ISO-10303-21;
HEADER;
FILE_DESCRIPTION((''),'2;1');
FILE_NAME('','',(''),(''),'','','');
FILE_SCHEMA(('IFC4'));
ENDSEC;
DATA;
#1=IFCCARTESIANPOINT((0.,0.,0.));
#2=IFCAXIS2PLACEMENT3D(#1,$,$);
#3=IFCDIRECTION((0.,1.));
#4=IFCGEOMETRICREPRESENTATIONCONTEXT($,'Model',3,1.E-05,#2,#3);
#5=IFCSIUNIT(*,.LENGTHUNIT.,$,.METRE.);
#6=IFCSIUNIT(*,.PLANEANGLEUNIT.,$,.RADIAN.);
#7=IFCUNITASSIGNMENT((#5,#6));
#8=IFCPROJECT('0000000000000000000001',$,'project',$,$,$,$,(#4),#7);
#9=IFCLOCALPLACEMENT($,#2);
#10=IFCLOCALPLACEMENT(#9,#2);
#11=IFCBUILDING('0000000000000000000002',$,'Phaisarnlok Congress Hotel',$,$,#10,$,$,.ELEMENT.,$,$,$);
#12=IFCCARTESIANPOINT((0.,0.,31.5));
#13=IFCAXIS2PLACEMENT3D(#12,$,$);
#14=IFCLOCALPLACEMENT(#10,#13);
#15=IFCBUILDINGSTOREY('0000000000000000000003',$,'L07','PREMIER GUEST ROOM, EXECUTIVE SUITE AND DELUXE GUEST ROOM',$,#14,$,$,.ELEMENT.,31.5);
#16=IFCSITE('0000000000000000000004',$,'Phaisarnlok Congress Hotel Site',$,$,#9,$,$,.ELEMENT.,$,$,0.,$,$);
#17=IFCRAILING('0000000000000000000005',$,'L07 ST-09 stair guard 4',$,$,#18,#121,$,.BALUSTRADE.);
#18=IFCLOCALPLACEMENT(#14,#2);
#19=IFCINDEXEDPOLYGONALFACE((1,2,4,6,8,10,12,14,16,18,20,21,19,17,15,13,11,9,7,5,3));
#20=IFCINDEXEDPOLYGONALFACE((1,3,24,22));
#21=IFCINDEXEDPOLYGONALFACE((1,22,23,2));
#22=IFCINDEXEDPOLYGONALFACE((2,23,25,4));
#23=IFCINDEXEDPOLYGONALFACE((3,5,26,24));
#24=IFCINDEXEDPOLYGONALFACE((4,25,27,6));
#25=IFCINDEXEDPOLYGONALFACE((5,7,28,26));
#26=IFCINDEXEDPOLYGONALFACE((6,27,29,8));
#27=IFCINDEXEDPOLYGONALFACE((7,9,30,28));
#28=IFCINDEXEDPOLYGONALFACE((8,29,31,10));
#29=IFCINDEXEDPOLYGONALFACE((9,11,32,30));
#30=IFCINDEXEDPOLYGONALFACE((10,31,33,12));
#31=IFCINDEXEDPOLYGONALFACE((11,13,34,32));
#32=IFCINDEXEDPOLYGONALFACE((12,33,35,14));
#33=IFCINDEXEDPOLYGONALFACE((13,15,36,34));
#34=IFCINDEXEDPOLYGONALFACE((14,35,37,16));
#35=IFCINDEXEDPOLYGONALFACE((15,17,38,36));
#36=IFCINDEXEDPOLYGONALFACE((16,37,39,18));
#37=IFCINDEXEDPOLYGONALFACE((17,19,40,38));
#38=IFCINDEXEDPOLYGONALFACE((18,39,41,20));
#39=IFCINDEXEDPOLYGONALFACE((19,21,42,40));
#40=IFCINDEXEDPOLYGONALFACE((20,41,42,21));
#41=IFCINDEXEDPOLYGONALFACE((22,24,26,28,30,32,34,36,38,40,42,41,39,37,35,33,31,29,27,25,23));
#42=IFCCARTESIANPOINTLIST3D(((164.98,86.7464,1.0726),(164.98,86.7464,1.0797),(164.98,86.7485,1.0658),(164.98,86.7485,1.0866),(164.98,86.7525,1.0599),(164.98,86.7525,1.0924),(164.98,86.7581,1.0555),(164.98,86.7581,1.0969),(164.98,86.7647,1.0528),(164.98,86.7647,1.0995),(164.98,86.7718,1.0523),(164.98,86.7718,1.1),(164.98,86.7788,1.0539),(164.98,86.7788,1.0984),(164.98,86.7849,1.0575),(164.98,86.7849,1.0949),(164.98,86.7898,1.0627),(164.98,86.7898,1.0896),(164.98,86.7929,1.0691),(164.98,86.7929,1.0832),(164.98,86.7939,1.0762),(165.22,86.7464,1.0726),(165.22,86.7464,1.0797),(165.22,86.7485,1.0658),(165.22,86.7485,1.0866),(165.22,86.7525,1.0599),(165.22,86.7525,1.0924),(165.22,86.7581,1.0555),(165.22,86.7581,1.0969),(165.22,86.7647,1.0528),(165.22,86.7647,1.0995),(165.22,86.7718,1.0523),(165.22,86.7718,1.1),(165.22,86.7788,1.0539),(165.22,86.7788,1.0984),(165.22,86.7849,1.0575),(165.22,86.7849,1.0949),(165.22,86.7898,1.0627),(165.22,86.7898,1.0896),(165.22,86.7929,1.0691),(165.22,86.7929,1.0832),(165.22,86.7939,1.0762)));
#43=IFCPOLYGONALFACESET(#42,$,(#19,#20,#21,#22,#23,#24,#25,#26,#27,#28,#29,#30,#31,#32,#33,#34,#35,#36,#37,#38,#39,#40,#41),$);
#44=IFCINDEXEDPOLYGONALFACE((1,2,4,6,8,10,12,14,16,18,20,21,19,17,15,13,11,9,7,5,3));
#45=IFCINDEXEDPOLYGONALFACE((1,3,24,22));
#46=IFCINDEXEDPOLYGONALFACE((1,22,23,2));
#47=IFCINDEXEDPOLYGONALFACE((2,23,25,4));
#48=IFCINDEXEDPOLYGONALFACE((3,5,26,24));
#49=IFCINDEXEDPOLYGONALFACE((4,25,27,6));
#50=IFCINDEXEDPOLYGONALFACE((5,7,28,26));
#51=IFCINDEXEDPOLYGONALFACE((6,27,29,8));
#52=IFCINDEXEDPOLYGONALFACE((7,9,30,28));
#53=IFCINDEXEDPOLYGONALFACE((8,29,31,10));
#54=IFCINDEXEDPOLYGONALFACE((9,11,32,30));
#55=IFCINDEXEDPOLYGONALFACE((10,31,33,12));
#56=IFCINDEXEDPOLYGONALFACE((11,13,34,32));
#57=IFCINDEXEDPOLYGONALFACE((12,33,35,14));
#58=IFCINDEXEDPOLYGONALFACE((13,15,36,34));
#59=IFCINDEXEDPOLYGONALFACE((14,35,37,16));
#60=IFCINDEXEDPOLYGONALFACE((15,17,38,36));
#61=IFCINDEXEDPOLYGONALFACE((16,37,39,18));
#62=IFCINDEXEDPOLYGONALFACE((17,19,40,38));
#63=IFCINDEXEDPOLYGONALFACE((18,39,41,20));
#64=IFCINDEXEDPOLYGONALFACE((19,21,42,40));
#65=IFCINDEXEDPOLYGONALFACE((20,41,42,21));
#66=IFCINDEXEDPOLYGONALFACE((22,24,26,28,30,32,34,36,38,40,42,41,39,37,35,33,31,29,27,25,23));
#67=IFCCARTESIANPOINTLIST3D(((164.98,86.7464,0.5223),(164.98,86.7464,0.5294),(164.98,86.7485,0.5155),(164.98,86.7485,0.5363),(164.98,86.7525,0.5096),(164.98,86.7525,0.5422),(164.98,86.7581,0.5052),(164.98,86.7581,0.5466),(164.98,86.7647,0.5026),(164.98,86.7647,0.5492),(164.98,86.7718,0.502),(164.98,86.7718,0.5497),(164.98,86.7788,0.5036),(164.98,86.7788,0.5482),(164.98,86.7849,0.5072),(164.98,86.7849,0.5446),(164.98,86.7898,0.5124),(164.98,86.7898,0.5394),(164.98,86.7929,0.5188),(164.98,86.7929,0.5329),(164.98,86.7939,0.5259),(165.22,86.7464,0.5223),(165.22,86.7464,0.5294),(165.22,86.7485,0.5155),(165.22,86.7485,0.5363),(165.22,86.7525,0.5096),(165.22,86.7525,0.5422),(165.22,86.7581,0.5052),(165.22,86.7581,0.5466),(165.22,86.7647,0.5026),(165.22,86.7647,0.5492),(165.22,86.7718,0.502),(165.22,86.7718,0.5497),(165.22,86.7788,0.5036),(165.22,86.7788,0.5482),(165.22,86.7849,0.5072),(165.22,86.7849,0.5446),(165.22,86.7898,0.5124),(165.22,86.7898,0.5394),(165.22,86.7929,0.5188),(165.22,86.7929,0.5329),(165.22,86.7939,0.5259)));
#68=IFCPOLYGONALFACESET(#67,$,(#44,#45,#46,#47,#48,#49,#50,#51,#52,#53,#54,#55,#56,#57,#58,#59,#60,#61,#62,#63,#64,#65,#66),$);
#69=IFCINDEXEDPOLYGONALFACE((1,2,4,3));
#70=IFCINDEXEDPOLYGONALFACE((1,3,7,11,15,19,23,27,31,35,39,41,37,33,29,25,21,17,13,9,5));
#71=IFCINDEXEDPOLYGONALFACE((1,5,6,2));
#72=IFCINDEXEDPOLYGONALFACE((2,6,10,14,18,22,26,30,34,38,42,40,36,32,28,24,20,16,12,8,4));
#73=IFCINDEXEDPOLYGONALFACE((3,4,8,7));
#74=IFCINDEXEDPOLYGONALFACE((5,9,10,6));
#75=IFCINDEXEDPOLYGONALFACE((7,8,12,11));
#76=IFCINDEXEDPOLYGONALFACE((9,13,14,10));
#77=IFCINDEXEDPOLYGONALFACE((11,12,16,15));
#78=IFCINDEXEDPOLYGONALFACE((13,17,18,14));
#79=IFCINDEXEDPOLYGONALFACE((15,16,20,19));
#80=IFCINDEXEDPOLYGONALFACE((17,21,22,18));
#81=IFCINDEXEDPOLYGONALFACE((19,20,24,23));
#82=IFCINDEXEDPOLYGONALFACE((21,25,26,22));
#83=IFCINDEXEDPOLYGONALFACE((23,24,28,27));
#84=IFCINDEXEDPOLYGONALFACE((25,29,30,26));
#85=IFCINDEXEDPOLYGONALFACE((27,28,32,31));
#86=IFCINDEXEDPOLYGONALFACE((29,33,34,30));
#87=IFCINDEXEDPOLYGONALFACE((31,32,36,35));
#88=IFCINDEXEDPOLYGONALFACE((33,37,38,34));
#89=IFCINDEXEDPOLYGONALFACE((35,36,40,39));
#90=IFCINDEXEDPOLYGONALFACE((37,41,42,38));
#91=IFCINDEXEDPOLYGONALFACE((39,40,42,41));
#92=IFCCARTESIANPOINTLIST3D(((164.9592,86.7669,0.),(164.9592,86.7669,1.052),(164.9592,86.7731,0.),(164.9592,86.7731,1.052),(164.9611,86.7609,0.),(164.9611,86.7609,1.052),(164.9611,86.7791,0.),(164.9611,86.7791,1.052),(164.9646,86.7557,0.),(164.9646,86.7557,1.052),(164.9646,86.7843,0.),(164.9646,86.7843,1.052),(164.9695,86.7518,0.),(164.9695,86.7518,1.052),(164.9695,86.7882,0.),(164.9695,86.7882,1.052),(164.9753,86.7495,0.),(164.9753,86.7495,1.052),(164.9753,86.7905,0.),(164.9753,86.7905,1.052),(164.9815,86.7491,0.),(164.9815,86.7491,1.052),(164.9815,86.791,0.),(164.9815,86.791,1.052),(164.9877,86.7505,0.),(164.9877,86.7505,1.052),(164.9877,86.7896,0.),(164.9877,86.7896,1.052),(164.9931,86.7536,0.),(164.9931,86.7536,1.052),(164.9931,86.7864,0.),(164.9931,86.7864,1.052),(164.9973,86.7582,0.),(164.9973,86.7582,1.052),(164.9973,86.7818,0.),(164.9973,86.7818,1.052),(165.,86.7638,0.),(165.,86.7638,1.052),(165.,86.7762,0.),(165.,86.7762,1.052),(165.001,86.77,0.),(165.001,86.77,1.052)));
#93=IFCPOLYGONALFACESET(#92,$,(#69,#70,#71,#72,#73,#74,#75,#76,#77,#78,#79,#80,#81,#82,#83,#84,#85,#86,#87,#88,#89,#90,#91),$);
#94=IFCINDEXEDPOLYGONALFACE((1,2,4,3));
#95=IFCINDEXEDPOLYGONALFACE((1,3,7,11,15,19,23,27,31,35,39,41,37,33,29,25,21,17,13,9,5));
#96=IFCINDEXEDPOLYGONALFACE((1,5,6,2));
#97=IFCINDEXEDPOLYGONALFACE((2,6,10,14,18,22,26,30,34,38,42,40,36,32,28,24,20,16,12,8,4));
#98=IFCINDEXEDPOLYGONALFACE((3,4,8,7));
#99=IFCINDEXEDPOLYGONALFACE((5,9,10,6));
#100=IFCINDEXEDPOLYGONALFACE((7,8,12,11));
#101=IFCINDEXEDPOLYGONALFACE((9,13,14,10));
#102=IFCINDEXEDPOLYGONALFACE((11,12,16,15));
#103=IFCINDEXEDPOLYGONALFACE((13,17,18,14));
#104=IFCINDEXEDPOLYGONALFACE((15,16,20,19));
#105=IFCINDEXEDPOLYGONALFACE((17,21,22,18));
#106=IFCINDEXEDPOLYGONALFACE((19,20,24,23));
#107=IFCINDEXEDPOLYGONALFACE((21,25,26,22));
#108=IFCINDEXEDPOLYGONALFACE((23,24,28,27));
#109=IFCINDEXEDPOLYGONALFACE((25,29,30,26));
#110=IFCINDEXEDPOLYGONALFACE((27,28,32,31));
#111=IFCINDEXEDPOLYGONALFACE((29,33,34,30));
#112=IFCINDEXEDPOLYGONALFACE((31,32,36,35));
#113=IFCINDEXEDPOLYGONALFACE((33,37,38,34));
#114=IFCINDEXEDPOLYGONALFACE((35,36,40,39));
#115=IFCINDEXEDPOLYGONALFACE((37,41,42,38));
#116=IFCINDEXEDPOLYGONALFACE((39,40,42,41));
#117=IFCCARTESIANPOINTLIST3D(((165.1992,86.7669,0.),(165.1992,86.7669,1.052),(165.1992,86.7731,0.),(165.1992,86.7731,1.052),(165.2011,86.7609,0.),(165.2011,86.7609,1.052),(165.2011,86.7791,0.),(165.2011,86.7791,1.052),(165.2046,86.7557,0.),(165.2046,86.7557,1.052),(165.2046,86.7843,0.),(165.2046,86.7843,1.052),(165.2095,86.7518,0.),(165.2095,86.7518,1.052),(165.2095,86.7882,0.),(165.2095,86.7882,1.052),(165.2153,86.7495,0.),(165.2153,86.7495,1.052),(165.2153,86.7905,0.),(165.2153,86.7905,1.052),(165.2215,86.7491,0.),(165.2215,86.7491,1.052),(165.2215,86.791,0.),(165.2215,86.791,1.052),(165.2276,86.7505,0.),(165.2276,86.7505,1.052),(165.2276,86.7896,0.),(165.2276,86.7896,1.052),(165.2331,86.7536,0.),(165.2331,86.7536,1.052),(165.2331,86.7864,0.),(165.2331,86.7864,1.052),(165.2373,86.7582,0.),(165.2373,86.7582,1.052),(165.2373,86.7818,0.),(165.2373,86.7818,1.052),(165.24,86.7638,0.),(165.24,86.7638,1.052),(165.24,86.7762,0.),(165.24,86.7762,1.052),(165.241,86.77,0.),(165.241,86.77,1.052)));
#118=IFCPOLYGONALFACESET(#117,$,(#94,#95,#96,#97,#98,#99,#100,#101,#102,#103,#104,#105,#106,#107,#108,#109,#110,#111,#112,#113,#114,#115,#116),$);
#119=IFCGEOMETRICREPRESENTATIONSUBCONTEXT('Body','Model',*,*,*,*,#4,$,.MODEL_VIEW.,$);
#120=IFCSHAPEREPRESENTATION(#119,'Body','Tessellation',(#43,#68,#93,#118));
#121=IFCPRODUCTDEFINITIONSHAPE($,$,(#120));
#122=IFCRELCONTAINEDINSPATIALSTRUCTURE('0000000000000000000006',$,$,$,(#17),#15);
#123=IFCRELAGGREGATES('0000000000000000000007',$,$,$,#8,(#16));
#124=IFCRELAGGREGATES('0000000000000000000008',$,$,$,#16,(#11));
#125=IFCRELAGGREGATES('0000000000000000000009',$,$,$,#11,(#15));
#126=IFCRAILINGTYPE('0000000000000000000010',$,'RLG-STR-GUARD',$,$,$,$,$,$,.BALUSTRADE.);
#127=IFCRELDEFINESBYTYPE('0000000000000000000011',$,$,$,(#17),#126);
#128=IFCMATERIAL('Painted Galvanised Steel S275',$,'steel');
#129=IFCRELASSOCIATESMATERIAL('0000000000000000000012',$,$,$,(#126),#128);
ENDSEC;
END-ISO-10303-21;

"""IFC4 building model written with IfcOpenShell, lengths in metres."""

from ifc_helpers import new_model, si_unit, direction, frame, origin, origin_2d, place, context, subcontext, project, spatial, circle, extrude, material, type_object, element, save


model = new_model("IFC4")

# Units and contexts
model_context = context("Model", 3, precision=1e-05, world=origin(), true_north=direction((0.0, 1.0)))
body_context = subcontext(model_context, "Body", "Model", "MODEL_VIEW")
ifc_project = project(units=[si_unit("LENGTHUNIT", "METRE"), si_unit("PLANEANGLEUNIT", "RADIAN")], contexts=[model_context])

# Site, building, storey
site_placement = place(None, origin())
site = spatial("IfcSite", under=ifc_project, at=site_placement, Name="Phaisarnlok Congress Hotel Site", CompositionType="ELEMENT", RefElevation=0.0)
building_placement = place(site_placement, origin())
building = spatial("IfcBuilding", under=site, at=building_placement, Name="Phaisarnlok Congress Hotel", CompositionType="ELEMENT")
storey_placement = place(building_placement, frame((0.0, 0.0, 31.5)))
storey = spatial("IfcBuildingStorey", under=building, at=storey_placement, Name="L07", Description="PREMIER GUEST ROOM, EXECUTIVE SUITE AND DELUXE GUEST ROOM", CompositionType="ELEMENT", Elevation=31.5)

# Railing
ifc_material_1 = material(Name="Painted Galvanised Steel S275", Category="steel")
railing_type_1 = type_object("IfcRailingType", Name="RLG-STR-GUARD", PredefinedType="BALUSTRADE", material=ifc_material_1)
railing_1_placement = place(storey_placement, frame((164.98, 86.77, 0.0)))
element("IfcRailing", 1, at=railing_1_placement, inside=storey, type_object=railing_type_1, Name="L07 ST-09 stair guard 4", PredefinedType="BALUSTRADE", context=body_context, shape_type="SweptSolid", body=[
    extrude(circle(Radius=0.0239, at=origin_2d()), frame((0.0, 0.0, 1.0762), z_axis=(1.0, 0.0, 0.0), x_axis=(0.0, 1.0, 0.0)), (0.0, 0.0, 1.0), 0.24),
    extrude(circle(Radius=0.0239, at=origin_2d()), frame((0.0, 0.0, 0.5259), z_axis=(1.0, 0.0, 0.0), x_axis=(0.0, 1.0, 0.0)), (0.0, 0.0, 1.0), 0.24),
    extrude(circle(Radius=0.021, at=origin_2d()), origin(), (0.0, 0.0, 1.0), 1.052),
    extrude(circle(Radius=0.021, at=origin_2d()), frame((0.24, 0.0, 0.0)), (0.0, 0.0, 1.0), 1.052),
])

save(model, "model.ifc")
